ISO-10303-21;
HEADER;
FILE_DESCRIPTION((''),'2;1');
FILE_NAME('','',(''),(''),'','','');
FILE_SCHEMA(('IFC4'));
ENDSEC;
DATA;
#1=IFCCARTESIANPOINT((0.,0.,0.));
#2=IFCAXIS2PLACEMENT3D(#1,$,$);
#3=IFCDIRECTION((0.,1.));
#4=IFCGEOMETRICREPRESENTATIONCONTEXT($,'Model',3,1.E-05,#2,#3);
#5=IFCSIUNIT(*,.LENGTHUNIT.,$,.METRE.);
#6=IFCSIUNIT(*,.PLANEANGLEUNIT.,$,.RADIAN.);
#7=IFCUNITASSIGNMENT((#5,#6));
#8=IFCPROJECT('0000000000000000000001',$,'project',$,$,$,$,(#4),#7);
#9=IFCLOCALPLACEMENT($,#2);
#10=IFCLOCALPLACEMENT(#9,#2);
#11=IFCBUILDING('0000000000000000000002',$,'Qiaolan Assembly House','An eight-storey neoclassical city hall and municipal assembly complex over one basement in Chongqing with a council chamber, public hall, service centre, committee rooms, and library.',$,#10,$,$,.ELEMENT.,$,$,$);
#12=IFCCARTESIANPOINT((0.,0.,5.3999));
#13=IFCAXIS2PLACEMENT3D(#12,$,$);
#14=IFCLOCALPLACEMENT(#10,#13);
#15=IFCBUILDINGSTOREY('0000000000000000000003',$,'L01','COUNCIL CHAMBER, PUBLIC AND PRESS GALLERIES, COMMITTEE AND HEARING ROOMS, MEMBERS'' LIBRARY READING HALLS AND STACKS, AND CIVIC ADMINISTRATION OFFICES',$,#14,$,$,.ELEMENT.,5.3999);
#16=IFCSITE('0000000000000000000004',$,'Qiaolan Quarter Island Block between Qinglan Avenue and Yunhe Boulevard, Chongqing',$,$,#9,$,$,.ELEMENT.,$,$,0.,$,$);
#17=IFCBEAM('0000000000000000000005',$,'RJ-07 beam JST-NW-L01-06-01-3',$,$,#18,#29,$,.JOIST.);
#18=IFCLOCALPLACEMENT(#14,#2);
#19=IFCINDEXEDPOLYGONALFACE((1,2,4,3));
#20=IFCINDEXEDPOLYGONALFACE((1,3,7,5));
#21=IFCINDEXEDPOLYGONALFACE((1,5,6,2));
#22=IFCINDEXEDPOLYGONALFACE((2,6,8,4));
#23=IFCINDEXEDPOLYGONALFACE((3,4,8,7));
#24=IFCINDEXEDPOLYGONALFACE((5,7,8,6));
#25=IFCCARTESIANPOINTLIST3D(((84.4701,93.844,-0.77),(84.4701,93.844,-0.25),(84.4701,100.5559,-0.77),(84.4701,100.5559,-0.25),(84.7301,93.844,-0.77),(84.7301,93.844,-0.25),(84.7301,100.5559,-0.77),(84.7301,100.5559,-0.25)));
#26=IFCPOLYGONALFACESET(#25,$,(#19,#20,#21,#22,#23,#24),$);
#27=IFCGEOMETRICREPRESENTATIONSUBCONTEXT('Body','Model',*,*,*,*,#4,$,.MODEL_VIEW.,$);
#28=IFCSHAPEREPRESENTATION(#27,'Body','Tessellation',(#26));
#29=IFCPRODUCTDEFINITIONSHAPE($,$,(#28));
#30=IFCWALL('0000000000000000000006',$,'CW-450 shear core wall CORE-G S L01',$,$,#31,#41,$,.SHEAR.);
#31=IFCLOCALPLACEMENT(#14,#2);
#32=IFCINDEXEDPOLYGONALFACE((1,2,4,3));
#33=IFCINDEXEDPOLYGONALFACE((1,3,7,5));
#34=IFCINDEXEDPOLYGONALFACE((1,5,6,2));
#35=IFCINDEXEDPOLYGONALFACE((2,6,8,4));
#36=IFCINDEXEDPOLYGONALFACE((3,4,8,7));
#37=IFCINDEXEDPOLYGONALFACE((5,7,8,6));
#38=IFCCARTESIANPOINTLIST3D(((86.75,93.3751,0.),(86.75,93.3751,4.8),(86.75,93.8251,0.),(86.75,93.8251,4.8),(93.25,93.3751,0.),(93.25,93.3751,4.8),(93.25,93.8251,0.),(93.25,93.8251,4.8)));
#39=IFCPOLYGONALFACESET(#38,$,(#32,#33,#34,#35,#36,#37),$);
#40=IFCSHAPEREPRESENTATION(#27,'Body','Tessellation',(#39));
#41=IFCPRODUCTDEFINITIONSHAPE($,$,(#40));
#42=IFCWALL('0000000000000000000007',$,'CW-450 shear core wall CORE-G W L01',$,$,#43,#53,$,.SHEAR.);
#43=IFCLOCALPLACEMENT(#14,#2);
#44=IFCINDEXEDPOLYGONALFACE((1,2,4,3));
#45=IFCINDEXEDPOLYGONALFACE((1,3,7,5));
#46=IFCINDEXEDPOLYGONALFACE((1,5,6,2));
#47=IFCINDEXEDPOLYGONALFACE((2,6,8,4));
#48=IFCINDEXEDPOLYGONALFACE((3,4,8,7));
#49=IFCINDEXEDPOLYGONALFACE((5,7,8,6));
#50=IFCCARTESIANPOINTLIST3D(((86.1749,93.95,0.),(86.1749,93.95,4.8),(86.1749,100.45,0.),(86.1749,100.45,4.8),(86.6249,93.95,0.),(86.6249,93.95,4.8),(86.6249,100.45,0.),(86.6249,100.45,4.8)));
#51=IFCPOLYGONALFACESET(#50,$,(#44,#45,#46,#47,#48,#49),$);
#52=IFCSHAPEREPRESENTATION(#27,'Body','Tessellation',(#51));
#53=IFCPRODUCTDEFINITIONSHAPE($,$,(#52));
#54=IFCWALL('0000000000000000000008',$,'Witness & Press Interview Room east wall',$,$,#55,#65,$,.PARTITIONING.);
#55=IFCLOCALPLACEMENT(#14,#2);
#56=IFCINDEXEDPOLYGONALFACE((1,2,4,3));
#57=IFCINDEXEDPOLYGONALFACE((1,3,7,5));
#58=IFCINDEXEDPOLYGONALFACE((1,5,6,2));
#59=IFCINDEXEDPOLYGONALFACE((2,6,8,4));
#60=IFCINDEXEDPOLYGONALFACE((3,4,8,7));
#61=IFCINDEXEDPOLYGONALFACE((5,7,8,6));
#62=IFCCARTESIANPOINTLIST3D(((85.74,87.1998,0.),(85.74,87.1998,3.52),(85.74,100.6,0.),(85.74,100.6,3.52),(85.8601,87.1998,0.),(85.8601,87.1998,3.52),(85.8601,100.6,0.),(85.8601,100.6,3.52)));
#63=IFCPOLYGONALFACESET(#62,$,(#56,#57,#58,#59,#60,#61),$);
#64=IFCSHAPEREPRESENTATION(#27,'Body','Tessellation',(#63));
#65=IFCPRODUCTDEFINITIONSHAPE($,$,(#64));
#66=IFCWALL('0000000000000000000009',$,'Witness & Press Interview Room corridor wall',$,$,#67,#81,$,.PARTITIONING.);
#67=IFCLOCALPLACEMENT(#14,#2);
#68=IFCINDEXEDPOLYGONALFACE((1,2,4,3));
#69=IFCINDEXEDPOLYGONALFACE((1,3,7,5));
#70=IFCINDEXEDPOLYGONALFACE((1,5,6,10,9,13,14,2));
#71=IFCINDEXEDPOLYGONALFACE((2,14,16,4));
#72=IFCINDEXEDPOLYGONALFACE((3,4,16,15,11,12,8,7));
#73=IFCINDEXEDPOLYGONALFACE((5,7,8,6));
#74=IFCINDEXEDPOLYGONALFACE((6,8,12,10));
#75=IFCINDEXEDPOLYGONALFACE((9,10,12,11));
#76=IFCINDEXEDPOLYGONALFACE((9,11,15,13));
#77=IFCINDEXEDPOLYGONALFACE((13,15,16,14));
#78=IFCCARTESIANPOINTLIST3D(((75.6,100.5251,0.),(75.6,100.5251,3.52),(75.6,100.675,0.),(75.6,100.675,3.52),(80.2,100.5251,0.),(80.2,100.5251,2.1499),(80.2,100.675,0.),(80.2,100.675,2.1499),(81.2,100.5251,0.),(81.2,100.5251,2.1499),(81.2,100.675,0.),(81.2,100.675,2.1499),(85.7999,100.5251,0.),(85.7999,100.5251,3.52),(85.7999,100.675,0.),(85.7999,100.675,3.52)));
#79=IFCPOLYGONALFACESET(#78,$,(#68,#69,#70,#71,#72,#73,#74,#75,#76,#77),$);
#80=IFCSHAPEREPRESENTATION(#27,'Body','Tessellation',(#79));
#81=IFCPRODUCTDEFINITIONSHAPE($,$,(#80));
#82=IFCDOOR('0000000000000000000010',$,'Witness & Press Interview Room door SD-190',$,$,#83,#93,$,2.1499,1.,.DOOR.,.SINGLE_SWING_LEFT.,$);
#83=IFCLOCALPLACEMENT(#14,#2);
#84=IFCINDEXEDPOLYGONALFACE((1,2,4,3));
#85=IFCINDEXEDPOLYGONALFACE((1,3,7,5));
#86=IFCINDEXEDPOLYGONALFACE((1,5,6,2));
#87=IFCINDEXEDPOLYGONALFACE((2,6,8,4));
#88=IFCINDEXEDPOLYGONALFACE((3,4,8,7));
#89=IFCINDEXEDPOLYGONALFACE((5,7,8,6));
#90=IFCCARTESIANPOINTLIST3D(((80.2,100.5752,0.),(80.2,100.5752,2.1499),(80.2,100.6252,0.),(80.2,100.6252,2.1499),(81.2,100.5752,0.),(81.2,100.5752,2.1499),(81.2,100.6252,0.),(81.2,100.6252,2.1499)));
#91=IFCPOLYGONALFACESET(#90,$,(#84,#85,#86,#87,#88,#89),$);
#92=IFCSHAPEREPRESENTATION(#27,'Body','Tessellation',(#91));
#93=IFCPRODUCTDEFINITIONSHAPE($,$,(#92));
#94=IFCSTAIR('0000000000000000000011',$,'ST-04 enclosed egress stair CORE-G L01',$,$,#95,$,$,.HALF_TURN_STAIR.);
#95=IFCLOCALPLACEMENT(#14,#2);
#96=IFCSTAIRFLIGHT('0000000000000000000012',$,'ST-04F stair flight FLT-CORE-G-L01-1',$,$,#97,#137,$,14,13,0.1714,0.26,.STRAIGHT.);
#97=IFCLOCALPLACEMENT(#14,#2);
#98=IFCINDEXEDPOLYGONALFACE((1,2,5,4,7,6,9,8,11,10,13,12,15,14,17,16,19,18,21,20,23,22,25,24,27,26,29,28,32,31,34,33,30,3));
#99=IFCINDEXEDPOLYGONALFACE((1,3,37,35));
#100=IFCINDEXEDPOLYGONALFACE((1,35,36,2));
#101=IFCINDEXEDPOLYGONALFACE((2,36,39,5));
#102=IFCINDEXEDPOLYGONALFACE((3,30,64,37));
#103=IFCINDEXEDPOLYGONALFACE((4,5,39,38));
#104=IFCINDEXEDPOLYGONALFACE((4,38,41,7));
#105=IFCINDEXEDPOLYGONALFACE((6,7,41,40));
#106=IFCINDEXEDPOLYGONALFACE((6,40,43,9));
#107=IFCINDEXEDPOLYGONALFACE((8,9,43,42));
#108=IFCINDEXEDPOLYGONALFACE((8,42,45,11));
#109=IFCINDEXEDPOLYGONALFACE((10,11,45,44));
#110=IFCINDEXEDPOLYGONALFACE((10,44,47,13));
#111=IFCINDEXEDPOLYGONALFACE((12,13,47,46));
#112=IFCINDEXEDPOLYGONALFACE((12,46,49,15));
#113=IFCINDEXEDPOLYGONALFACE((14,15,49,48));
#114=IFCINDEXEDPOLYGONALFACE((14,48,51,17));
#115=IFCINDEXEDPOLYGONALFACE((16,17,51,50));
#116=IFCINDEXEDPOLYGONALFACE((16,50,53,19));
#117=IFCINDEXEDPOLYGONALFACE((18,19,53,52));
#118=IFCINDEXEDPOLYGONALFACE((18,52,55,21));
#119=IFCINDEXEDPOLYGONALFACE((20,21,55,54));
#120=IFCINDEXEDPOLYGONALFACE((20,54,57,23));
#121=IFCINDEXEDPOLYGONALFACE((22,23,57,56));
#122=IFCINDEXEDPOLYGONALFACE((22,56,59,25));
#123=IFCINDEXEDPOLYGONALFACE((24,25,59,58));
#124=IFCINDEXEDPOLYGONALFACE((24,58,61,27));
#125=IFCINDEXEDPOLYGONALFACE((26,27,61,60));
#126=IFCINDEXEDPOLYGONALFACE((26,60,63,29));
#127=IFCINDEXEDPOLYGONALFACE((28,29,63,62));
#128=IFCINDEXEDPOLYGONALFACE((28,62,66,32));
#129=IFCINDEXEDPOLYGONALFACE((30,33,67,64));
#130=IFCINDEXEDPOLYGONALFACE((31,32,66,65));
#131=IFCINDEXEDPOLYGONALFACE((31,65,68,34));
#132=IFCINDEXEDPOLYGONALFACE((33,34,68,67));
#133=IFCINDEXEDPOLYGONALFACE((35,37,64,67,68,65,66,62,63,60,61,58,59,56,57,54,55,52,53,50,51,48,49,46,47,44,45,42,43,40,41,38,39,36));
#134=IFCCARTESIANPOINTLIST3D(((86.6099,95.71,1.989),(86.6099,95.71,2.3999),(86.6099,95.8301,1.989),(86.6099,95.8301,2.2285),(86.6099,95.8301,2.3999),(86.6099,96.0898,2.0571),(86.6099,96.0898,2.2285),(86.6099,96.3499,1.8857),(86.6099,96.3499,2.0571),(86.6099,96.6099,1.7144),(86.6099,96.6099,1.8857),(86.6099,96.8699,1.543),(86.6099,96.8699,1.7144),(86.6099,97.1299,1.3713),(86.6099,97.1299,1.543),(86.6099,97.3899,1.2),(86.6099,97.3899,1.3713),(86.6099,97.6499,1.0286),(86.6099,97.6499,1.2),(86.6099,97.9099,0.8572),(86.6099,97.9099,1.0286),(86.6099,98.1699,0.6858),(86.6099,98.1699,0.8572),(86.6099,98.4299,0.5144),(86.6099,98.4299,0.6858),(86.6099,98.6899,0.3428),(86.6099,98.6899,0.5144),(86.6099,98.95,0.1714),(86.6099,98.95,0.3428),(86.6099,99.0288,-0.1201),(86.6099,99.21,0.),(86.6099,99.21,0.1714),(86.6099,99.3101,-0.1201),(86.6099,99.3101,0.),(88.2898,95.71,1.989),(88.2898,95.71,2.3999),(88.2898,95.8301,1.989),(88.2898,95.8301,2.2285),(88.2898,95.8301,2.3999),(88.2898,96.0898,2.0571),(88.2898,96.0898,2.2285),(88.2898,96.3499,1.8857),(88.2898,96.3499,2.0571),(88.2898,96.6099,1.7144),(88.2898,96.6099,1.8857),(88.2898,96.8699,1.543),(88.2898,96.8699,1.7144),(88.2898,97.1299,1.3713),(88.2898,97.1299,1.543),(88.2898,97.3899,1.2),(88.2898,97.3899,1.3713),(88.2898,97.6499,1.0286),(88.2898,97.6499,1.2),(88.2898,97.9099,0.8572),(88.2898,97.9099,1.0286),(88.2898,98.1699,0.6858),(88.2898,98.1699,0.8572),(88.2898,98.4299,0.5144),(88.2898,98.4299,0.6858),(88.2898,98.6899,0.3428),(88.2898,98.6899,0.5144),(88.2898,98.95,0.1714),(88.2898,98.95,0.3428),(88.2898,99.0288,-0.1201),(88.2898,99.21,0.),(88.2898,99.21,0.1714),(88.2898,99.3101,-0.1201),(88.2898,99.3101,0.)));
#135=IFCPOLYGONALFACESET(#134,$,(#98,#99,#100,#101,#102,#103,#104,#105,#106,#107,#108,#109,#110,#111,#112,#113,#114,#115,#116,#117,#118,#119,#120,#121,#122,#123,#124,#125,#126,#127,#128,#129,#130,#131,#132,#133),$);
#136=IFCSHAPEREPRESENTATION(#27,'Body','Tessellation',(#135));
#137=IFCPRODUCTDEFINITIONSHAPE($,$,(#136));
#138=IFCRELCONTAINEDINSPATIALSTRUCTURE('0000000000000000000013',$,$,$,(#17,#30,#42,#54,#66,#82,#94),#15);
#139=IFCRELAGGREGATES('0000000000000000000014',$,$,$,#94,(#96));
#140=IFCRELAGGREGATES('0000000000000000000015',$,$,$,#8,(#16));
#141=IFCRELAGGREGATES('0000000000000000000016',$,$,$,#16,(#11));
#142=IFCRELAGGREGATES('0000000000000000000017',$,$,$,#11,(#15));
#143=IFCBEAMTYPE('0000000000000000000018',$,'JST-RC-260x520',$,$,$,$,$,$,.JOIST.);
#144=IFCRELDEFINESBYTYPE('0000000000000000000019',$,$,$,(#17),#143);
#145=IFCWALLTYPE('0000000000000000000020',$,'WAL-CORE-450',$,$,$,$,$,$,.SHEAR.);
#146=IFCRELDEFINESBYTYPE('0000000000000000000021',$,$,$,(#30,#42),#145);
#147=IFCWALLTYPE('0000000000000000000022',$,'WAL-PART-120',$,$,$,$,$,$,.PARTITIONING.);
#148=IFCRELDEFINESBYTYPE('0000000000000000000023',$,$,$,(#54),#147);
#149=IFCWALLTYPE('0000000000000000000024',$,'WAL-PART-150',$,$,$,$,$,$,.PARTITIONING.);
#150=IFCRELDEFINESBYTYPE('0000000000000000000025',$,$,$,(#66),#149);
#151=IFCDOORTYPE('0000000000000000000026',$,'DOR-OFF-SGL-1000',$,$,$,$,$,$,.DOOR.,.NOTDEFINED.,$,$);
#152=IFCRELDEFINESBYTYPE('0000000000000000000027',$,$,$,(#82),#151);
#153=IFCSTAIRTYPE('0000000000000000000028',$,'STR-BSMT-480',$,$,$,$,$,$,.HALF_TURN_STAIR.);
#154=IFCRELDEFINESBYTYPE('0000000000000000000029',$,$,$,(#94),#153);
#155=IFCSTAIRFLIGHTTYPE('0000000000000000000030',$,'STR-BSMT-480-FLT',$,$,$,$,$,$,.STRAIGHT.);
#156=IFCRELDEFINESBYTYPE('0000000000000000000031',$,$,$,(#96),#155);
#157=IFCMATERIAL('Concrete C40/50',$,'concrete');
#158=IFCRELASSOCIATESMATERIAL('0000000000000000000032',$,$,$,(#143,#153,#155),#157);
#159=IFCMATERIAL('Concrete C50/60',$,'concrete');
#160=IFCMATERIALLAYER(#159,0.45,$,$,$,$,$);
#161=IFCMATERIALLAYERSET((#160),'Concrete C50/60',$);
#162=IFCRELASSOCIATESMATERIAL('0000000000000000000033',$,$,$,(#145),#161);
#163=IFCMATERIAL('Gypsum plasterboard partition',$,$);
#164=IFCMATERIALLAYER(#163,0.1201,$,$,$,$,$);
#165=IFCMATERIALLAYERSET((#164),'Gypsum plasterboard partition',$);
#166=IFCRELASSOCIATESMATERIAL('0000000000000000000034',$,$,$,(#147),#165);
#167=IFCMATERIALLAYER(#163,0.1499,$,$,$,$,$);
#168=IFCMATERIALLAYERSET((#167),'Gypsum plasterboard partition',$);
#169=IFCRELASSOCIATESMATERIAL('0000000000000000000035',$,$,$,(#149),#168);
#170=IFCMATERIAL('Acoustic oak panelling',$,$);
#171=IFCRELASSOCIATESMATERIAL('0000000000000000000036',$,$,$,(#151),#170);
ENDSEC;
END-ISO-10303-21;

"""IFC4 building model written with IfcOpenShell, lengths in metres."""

from ifc_helpers import new_model, si_unit, direction, frame, frame_2d, origin, origin_2d, place, context, subcontext, project, spatial, polyline, rectangle, outline, extrude, material, layer, layer_set, material_profile, profile_set, type_object, element, fill, aggregate, save


model = new_model("IFC4")

# Units and contexts
model_context = context("Model", 3, precision=1e-05, world=origin(), true_north=direction((0.0, 1.0)))
body_context = subcontext(model_context, "Body", "Model", "MODEL_VIEW")
ifc_project = project(units=[si_unit("LENGTHUNIT", "METRE"), si_unit("PLANEANGLEUNIT", "RADIAN")], contexts=[model_context])

# Site, building, storey
site_placement = place(None, origin())
site = spatial("IfcSite", under=ifc_project, at=site_placement, Name="Qiaolan Quarter Island Block between Qinglan Avenue and Yunhe Boulevard, Chongqing", CompositionType="ELEMENT", RefElevation=0.0)
building_placement = place(site_placement, origin())
building = spatial("IfcBuilding", under=site, at=building_placement, Name="Qiaolan Assembly House", Description="An eight-storey neoclassical city hall and municipal assembly complex over one basement in Chongqing with a council chamber, public hall, service centre, committee rooms, and library.", CompositionType="ELEMENT")
storey_placement = place(building_placement, frame((0.0, 0.0, 5.3999)))
storey = spatial("IfcBuildingStorey", under=building, at=storey_placement, Name="L01", Description="COUNCIL CHAMBER, PUBLIC AND PRESS GALLERIES, COMMITTEE AND HEARING ROOMS, MEMBERS' LIBRARY READING HALLS AND STACKS, AND CIVIC ADMINISTRATION OFFICES", CompositionType="ELEMENT", Elevation=5.3999)

# Shared definitions
ifc_material_1 = material(Name="Concrete C50/60", Category="concrete")

# Beam
ifc_material_2 = material(Name="Concrete C40/50", Category="concrete")
ifc_material_profile_1 = material_profile(ifc_material_2, rectangle(XDim=0.26, YDim=0.52, at=origin_2d()), Name="RCB 260x520")
ifc_profile_set_1 = profile_set([ifc_material_profile_1], Name="Concrete C40/50")
beam_type_1 = type_object("IfcBeamType", Name="JST-RC-260x520", PredefinedType="JOIST", material=ifc_profile_set_1)
for number, where, z_axis, x_axis, name in (
    (1, (84.6001, 93.844, -0.51), (0.0, 1.0, 0.0), (-1.0, 0.0, 0.0), "RJ-07 beam JST-NW-L01-06-01-3"),
):
    element("IfcBeam", number, at=place(storey_placement, frame(where, z_axis=z_axis, x_axis=x_axis)), inside=storey, type_object=beam_type_1, Name=name, PredefinedType="JOIST", context=body_context, shape_type="SweptSolid", body=[
        extrude(rectangle(XDim=0.26, YDim=0.52, at=origin_2d()), origin(), (0.0, 0.0, 1.0), 6.7119),
    ])

# Walls
ifc_layer_1 = layer(ifc_material_1, 0.45)
ifc_layer_set_1 = layer_set([ifc_layer_1], Name="Concrete C50/60")
wall_type_1 = type_object("IfcWallType", Name="WAL-CORE-450", PredefinedType="SHEAR", material=ifc_layer_set_1)
for number, where, z_axis, x_axis, name in (
    (2, (86.75, 93.6001, 0.0), (0.0, 0.0, 1.0), (1.0, 0.0, 0.0), "CW-450 shear core wall CORE-G S L01"),
    (3, (86.3999, 100.45, 0.0), (0.0, 0.0, 1.0), (0.0, -1.0, 0.0), "CW-450 shear core wall CORE-G W L01"),
):
    element("IfcWall", number, at=place(storey_placement, frame(where, z_axis=z_axis, x_axis=x_axis)), inside=storey, type_object=wall_type_1, Name=name, PredefinedType="SHEAR", context=body_context, shape_type="SweptSolid", body=[
        extrude(rectangle(XDim=6.5, YDim=0.45, at=frame_2d((3.25, 0.0))), origin(), (0.0, 0.0, 1.0), 4.8),
    ])
ifc_material_3 = material(Name="Gypsum plasterboard partition")
ifc_layer_2 = layer(ifc_material_3, 0.1201)
ifc_layer_set_2 = layer_set([ifc_layer_2], Name="Gypsum plasterboard partition")
wall_type_2 = type_object("IfcWallType", Name="WAL-PART-120", PredefinedType="PARTITIONING", material=ifc_layer_set_2)
wall_1_placement = place(storey_placement, frame((85.8, 100.6001, 0.0), z_axis=(0.0, 0.0, 1.0), x_axis=(0.0, -1.0, 0.0)))
element("IfcWall", 4, at=wall_1_placement, inside=storey, type_object=wall_type_2, Name="Witness & Press Interview Room east wall", PredefinedType="PARTITIONING", context=body_context, shape_type="SweptSolid", body=[
    extrude(rectangle(XDim=13.4001, YDim=0.1201, at=frame_2d((6.7002, 0.0))), origin(), (0.0, 0.0, 1.0), 3.52),
])

# Wall, opening, door
ifc_layer_3 = layer(ifc_material_3, 0.1499)
ifc_layer_set_3 = layer_set([ifc_layer_3], Name="Gypsum plasterboard partition")
wall_type_3 = type_object("IfcWallType", Name="WAL-PART-150", PredefinedType="PARTITIONING", material=ifc_layer_set_3)
wall_2_placement = place(storey_placement, frame((85.8, 100.6001, 0.0), z_axis=(0.0, 0.0, 1.0), x_axis=(-1.0, 0.0, 0.0)))
wall_2 = element("IfcWall", 5, at=wall_2_placement, inside=storey, type_object=wall_type_3, Name="Witness & Press Interview Room corridor wall", PredefinedType="PARTITIONING", context=body_context, shape_type="SweptSolid", body=[
    extrude(rectangle(XDim=10.2, YDim=0.1499, at=frame_2d((5.1001, 0.0))), origin(), (0.0, 0.0, 1.0), 3.52),
])
opening_placement = place(wall_2_placement, frame((4.6001, 0.0, 0.0)))
opening = element("IfcOpeningElement", 6, at=opening_placement, cuts=wall_2, PredefinedType="OPENING", context=body_context, shape_type="SweptSolid", body=[
    extrude(rectangle(XDim=1.0, YDim=2.1499, at=frame_2d((0.5, 1.075))), frame((0.0, 0.085, 0.0), z_axis=(0.0, -1.0, 0.0), x_axis=(1.0, 0.0, 0.0)), (0.0, 0.0, 1.0), 0.1699),
])
ifc_material_4 = material(Name="Acoustic oak panelling")
door_type = type_object("IfcDoorType", Name="DOR-OFF-SGL-1000", OperationType="NOTDEFINED", PredefinedType="DOOR", material=ifc_material_4)
door_placement = place(opening_placement, origin())
door = element("IfcDoor", 7, at=door_placement, inside=storey, type_object=door_type, Name="Witness & Press Interview Room door SD-190", OperationType="SINGLE_SWING_LEFT", OverallHeight=2.1499, OverallWidth=1.0, PredefinedType="DOOR", context=body_context, shape_type="SweptSolid", body=[
    extrude(rectangle(XDim=1.0, YDim=2.1499, at=frame_2d((0.5, 1.075))), frame((0.0, 0.0249, 0.0), z_axis=(0.0, -1.0, 0.0), x_axis=(1.0, 0.0, 0.0)), (0.0, 0.0, 1.0), 0.05),
])
fill(opening, door)

# Stair, stair flight
stair_type = type_object("IfcStairType", Name="STR-BSMT-480", PredefinedType="HALF_TURN_STAIR", material=ifc_material_2)
stair_placement = place(storey_placement, origin())
stair = element("IfcStair", 8, at=stair_placement, inside=storey, type_object=stair_type, Name="ST-04 enclosed egress stair CORE-G L01", PredefinedType="HALF_TURN_STAIR")
stair_flight_type = type_object("IfcStairFlightType", Name="STR-BSMT-480-FLT", PredefinedType="STRAIGHT", material=ifc_material_2)
stair_flight_placement = place(storey_placement, frame((87.45, 99.21, 0.0), z_axis=(0.0, 0.0, 1.0), x_axis=(0.0, -1.0, 0.0)))
stair_flight = element("IfcStairFlight", 9, at=stair_flight_placement, type_object=stair_flight_type, Name="ST-04F stair flight FLT-CORE-G-L01-1", NumberOfRisers=14, NumberOfTreads=13, PredefinedType="STRAIGHT", RiserHeight=0.1714, TreadLength=0.26, context=body_context, shape_type="SweptSolid", body=[
    extrude(outline(polyline([(-0.1001, -0.1201), (-0.1001, 0.0), (0.0, 0.0), (0.0, 0.1714), (0.26, 0.1714), (0.26, 0.3428), (0.52, 0.3428), (0.52, 0.5144), (0.78, 0.5144), (0.78, 0.6858), (1.04, 0.6858), (1.04, 0.8572), (1.3, 0.8572), (1.3, 1.0286), (1.5601, 1.0286), (1.5601, 1.2), (1.8201, 1.2), (1.8201, 1.3713), (2.0801, 1.3713), (2.0801, 1.543), (2.3401, 1.543), (2.3401, 1.7144), (2.6001, 1.7144), (2.6001, 1.8857), (2.8601, 1.8857), (2.8601, 2.0571), (3.1201, 2.0571), (3.1201, 2.2285), (3.3799, 2.2285), (3.3799, 2.3999), (3.5, 2.3999), (3.5, 1.989), (3.3799, 1.989), (0.1812, -0.1201), (-0.1001, -0.1201)])), frame((0.0, 0.8398, 0.0), z_axis=(0.0, -1.0, 0.0), x_axis=(1.0, 0.0, 0.0)), (0.0, 0.0, 1.0), 1.6799),
])
aggregate(stair, [stair_flight])

save(model, "model.ifc")
